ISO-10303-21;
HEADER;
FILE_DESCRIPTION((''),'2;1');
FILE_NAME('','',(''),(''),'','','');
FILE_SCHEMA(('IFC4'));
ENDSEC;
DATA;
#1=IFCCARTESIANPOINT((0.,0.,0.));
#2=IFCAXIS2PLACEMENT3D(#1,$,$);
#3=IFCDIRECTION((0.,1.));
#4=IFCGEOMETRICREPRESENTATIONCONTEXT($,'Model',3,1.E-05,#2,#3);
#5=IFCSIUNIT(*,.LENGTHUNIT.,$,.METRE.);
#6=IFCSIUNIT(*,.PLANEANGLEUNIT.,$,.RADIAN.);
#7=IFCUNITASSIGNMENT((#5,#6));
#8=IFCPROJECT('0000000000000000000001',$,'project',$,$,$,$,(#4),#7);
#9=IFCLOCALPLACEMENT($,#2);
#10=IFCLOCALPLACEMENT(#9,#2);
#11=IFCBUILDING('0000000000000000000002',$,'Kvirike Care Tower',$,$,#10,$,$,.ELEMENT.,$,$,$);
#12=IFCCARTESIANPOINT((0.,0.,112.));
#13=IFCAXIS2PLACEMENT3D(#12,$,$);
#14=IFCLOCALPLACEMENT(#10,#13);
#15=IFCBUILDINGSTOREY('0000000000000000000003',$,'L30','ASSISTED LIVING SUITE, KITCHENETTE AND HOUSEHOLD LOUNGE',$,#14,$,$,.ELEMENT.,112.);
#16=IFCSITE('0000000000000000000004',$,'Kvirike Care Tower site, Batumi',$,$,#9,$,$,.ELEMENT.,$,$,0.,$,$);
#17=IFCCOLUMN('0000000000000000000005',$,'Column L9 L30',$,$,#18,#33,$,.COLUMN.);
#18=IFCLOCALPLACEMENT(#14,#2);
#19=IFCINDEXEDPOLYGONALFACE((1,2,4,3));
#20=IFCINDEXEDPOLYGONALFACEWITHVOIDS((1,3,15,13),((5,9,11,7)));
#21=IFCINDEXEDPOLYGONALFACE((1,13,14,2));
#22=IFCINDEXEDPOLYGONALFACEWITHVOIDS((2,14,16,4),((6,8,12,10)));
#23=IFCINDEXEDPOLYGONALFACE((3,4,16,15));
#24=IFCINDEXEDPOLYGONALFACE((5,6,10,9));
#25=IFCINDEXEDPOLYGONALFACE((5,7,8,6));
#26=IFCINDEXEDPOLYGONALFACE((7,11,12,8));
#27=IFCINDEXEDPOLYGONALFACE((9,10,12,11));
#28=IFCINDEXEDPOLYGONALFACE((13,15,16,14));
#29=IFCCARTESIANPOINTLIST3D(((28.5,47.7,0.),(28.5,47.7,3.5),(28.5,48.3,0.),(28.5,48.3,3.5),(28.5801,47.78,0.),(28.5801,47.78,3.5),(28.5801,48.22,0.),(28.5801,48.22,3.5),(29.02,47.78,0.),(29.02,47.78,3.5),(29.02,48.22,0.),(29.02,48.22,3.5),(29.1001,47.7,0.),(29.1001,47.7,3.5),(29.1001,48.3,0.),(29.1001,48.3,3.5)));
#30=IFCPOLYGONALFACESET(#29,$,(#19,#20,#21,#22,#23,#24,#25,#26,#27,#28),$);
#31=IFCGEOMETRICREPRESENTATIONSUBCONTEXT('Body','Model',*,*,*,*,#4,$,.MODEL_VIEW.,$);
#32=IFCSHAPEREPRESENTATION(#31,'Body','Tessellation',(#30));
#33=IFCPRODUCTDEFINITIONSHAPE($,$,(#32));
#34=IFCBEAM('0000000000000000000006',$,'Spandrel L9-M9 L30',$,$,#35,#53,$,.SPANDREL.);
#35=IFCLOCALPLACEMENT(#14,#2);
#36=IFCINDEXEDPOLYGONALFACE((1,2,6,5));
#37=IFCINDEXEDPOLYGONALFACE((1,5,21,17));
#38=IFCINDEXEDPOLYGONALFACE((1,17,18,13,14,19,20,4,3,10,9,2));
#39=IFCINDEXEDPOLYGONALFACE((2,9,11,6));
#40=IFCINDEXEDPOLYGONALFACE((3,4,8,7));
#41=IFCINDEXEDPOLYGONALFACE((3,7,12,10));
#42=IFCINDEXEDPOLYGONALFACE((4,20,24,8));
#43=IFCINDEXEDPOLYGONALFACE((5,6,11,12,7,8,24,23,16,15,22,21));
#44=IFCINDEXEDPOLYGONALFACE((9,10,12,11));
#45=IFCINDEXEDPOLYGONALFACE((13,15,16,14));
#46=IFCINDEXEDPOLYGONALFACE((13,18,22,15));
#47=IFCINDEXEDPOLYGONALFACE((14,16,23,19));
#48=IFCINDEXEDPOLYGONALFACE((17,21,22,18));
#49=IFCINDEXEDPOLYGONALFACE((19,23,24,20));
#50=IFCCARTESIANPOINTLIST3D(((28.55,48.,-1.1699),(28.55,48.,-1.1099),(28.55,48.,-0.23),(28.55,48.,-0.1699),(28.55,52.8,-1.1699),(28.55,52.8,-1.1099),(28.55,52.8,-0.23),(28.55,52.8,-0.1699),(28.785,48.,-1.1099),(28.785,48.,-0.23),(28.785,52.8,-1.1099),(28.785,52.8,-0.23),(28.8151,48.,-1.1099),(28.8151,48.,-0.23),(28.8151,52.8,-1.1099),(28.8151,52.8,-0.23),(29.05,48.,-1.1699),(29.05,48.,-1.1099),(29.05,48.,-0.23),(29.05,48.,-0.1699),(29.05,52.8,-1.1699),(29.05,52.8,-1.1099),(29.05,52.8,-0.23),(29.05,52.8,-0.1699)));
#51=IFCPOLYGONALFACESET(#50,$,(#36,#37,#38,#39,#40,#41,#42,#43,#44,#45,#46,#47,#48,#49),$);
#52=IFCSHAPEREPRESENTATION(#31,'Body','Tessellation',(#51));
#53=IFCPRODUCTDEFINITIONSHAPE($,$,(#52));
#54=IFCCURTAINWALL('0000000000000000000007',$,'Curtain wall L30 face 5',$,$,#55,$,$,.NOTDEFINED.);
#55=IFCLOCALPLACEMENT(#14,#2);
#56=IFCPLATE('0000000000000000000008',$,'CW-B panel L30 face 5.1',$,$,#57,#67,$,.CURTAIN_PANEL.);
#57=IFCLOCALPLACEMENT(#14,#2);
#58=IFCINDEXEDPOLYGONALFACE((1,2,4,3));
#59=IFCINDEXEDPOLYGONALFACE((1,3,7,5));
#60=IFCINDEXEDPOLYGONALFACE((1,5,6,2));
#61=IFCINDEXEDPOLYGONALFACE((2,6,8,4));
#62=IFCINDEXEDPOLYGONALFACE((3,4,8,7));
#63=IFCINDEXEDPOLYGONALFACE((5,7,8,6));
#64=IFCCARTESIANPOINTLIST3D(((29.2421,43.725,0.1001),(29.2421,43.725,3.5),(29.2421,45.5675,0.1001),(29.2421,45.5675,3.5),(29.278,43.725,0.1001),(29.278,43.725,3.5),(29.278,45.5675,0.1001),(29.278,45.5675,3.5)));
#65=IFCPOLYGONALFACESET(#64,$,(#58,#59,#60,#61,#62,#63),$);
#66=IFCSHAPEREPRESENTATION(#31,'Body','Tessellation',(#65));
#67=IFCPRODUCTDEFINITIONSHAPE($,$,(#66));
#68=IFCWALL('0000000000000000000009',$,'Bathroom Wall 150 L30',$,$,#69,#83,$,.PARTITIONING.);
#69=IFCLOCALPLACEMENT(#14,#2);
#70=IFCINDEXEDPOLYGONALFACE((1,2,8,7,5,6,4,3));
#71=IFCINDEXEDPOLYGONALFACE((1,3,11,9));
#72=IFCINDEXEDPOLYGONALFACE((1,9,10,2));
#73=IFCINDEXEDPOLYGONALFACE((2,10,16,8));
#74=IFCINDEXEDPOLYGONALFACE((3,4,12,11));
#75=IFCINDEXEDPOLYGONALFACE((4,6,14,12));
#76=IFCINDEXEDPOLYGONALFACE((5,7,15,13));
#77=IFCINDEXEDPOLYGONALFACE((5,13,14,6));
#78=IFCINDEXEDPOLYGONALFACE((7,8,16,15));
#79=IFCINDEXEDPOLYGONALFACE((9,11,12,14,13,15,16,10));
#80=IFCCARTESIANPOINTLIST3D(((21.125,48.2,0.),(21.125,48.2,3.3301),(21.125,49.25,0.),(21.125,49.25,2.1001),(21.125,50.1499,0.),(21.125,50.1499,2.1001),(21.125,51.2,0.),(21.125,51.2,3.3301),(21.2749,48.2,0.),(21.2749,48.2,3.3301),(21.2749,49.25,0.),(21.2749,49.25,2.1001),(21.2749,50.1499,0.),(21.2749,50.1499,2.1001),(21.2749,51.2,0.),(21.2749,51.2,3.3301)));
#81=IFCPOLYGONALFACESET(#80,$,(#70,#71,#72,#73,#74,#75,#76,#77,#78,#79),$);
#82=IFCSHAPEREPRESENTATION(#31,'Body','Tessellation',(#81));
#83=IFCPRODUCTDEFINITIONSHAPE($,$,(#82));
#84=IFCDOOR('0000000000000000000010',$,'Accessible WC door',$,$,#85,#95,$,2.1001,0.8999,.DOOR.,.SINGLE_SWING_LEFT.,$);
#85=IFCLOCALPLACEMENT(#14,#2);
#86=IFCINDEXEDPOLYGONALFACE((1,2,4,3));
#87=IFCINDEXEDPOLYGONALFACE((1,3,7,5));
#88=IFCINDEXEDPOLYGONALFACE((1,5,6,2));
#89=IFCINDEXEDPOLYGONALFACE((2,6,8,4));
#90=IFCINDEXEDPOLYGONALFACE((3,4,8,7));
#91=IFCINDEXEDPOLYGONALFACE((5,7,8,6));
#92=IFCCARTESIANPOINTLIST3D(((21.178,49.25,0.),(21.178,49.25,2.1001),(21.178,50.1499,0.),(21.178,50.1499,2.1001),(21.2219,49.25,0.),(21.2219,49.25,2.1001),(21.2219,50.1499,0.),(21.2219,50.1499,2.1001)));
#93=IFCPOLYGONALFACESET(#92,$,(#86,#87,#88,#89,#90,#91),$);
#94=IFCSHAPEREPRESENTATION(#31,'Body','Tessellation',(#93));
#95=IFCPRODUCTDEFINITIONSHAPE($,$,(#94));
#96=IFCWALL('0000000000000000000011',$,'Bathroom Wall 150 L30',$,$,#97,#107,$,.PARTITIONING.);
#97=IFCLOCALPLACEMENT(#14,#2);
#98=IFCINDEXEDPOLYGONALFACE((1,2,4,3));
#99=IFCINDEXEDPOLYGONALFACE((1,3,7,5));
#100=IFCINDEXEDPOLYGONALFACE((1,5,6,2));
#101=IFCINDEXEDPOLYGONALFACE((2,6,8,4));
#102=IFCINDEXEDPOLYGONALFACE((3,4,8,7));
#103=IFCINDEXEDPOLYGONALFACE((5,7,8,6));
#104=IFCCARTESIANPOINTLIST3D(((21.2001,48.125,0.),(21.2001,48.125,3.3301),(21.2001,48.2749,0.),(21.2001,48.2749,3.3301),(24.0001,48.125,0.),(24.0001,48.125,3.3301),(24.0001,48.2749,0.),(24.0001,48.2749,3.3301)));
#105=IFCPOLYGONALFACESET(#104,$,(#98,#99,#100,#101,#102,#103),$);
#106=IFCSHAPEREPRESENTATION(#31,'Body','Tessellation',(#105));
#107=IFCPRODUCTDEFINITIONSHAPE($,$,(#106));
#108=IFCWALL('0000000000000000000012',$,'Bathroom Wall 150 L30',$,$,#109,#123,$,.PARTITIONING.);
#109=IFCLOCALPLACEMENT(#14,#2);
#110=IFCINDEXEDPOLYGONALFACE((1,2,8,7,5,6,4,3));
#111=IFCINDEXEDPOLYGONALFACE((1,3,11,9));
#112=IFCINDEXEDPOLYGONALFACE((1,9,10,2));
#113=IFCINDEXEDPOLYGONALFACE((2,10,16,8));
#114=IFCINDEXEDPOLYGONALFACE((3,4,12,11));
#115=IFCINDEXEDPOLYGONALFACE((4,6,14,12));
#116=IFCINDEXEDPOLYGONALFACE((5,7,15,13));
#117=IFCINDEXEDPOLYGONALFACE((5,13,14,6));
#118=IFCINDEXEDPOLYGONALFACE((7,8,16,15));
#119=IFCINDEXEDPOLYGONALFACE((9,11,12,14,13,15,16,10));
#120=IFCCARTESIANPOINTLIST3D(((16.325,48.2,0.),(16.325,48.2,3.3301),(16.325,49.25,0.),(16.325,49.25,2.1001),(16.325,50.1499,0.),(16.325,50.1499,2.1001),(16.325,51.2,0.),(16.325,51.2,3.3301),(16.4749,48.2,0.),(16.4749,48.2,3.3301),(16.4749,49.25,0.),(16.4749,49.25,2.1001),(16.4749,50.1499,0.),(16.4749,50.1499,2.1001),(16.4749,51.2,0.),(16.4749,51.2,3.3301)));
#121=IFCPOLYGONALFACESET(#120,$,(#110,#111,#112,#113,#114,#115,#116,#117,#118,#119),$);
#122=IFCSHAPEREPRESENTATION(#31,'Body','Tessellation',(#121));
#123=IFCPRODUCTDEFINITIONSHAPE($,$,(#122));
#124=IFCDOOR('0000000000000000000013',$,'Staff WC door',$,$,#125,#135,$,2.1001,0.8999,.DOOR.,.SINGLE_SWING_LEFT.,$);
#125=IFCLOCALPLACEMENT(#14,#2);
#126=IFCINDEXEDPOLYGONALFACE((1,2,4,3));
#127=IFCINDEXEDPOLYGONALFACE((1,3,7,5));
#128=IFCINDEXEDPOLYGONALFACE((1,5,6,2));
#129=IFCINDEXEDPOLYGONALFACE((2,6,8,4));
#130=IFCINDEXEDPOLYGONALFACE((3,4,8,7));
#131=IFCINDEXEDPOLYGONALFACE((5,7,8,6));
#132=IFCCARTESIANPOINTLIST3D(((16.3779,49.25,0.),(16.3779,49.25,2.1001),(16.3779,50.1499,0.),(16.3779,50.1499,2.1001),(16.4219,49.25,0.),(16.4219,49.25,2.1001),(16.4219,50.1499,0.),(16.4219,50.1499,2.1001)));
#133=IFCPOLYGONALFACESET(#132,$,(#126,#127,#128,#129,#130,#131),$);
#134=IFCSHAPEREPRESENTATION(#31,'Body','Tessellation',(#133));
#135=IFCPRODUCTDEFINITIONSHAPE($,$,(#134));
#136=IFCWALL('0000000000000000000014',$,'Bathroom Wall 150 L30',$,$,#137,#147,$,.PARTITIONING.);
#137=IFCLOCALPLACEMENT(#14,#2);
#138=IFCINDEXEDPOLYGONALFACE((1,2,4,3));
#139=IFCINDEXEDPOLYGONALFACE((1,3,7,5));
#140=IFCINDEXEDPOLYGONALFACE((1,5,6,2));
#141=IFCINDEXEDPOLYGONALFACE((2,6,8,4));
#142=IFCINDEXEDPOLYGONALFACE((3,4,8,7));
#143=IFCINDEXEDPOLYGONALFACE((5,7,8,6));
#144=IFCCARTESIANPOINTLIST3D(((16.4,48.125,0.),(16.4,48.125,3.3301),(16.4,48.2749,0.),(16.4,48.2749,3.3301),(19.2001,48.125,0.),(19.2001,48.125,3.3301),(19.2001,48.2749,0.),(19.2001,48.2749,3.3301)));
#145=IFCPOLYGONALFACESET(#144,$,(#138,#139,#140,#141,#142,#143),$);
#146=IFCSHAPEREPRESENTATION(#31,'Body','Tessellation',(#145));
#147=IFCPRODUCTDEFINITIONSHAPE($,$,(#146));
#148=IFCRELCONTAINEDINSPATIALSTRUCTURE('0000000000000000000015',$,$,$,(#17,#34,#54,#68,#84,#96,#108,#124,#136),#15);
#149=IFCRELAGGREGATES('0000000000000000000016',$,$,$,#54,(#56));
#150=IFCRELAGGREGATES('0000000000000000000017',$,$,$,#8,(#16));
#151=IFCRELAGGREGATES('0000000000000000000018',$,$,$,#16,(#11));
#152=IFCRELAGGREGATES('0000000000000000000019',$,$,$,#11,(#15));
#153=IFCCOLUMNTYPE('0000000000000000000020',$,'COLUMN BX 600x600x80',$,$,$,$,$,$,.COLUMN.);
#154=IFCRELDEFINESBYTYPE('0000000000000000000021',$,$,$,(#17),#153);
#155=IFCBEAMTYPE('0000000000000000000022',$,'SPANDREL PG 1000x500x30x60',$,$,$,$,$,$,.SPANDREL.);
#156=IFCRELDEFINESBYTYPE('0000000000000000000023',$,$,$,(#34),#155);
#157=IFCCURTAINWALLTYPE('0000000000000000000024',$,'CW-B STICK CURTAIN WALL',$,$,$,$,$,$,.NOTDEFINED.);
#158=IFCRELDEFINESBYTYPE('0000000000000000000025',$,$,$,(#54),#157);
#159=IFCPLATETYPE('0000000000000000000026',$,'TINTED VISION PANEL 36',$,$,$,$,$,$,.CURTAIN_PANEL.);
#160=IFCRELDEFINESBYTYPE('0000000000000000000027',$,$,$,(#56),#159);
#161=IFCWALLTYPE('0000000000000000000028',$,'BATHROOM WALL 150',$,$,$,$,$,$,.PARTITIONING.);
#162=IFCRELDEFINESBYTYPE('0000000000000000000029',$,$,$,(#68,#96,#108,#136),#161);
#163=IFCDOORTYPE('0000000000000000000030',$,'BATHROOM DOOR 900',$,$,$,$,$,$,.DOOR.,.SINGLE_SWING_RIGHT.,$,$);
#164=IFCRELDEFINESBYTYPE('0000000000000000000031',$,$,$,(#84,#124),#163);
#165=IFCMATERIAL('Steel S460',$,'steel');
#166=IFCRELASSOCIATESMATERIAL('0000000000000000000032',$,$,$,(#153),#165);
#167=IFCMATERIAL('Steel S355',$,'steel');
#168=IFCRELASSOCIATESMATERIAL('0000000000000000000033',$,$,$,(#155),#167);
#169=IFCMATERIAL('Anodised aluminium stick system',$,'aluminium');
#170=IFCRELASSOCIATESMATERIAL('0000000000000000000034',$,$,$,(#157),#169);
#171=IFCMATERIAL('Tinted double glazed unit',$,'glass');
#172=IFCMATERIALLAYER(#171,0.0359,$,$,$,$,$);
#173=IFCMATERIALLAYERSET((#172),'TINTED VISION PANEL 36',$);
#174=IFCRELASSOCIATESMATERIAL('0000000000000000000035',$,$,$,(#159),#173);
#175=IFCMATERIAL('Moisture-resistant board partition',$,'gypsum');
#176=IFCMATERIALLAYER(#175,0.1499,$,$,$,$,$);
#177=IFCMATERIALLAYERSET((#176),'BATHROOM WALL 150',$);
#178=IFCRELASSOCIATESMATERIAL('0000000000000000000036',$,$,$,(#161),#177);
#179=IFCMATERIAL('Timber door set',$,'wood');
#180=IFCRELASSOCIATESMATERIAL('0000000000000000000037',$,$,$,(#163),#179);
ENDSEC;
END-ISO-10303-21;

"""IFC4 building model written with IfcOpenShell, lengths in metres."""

from ifc_helpers import new_model, si_unit, direction, frame, frame_2d, origin, origin_2d, place, context, subcontext, project, spatial, rectangle, hollow_rectangle, i_section, extrude, material, layer, layer_set, material_profile, profile_set, type_object, element, fill, aggregate, save


model = new_model("IFC4")

# Units and contexts
model_context = context("Model", 3, precision=1e-05, world=origin(), true_north=direction((0.0, 1.0)))
body_context = subcontext(model_context, "Body", "Model", "MODEL_VIEW")
ifc_project = project(units=[si_unit("LENGTHUNIT", "METRE"), si_unit("PLANEANGLEUNIT", "RADIAN")], contexts=[model_context])

# Site, building, storey
site_placement = place(None, origin())
site = spatial("IfcSite", under=ifc_project, at=site_placement, Name="Kvirike Care Tower site, Batumi", CompositionType="ELEMENT", RefElevation=0.0)
building_placement = place(site_placement, origin())
building = spatial("IfcBuilding", under=site, at=building_placement, Name="Kvirike Care Tower", CompositionType="ELEMENT")
storey_placement = place(building_placement, frame((0.0, 0.0, 112.0)))
storey = spatial("IfcBuildingStorey", under=building, at=storey_placement, Name="L30", Description="ASSISTED LIVING SUITE, KITCHENETTE AND HOUSEHOLD LOUNGE", CompositionType="ELEMENT", Elevation=112.0)

# Column
ifc_material_1 = material(Name="Steel S460", Category="steel")
ifc_material_profile_1 = material_profile(ifc_material_1, hollow_rectangle(XDim=0.6001, YDim=0.6001, WallThickness=0.0801, at=origin_2d()), Name="BX 600x600x80")
ifc_profile_set_1 = profile_set([ifc_material_profile_1], Name="Steel S460")
column_type = type_object("IfcColumnType", Name="COLUMN BX 600x600x80", PredefinedType="COLUMN", material=ifc_profile_set_1)
column_placement = place(storey_placement, frame((28.8, 48.0, 0.0), z_axis=(0.0, 0.0, 1.0), x_axis=(1.0, 0.0, 0.0)))
element("IfcColumn", 1, at=column_placement, inside=storey, type_object=column_type, Name="Column L9 L30", PredefinedType="COLUMN", context=body_context, shape_type="SweptSolid", body=[
    extrude(hollow_rectangle(XDim=0.6001, YDim=0.6001, WallThickness=0.0801, at=origin_2d()), origin(), (0.0, 0.0, 1.0), 3.5),
])

# Beam
ifc_material_2 = material(Name="Steel S355", Category="steel")
ifc_material_profile_2 = material_profile(ifc_material_2, i_section(OverallWidth=0.5, OverallDepth=1.0, WebThickness=0.03, FlangeThickness=0.0601, at=origin_2d()), Name="PG 1000x500x30x60")
ifc_profile_set_2 = profile_set([ifc_material_profile_2], Name="Steel S355")
beam_type = type_object("IfcBeamType", Name="SPANDREL PG 1000x500x30x60", PredefinedType="SPANDREL", material=ifc_profile_set_2)
beam_placement = place(storey_placement, frame((28.8, 48.0, -0.6699), z_axis=(0.0, 1.0, 0.0), x_axis=(-1.0, 0.0, 0.0)))
element("IfcBeam", 2, at=beam_placement, inside=storey, type_object=beam_type, Name="Spandrel L9-M9 L30", PredefinedType="SPANDREL", context=body_context, shape_type="SweptSolid", body=[
    extrude(i_section(OverallWidth=0.5, OverallDepth=1.0, WebThickness=0.03, FlangeThickness=0.0601, at=origin_2d()), origin(), (0.0, 0.0, 1.0), 4.8),
])

# Curtain wall, plate
ifc_material_3 = material(Name="Anodised aluminium stick system", Category="aluminium")
curtain_wall_type = type_object("IfcCurtainWallType", Name="CW-B STICK CURTAIN WALL", PredefinedType="NOTDEFINED", material=ifc_material_3)
curtain_wall_placement = place(storey_placement, origin())
curtain_wall = element("IfcCurtainWall", 3, at=curtain_wall_placement, inside=storey, type_object=curtain_wall_type, Name="Curtain wall L30 face 5", PredefinedType="NOTDEFINED")
ifc_material_4 = material(Name="Tinted double glazed unit", Category="glass")
ifc_layer_1 = layer(ifc_material_4, 0.0359)
ifc_layer_set_1 = layer_set([ifc_layer_1], Name="TINTED VISION PANEL 36")
plate_type = type_object("IfcPlateType", Name="TINTED VISION PANEL 36", PredefinedType="CURTAIN_PANEL", material=ifc_layer_set_1)
plate_placement = place(storey_placement, frame((29.26, 44.6462, 0.1001), z_axis=(0.0, 0.0, 1.0), x_axis=(0.0, 1.0, 0.0)))
plate = element("IfcPlate", 4, at=plate_placement, type_object=plate_type, Name="CW-B panel L30 face 5.1", PredefinedType="CURTAIN_PANEL", context=body_context, shape_type="SweptSolid", body=[
    extrude(rectangle(XDim=1.8425, YDim=0.0359, at=origin_2d()), origin(), (0.0, 0.0, 1.0), 3.3999),
])
aggregate(curtain_wall, [plate])

# Wall, opening, door
ifc_material_5 = material(Name="Moisture-resistant board partition", Category="gypsum")
ifc_layer_2 = layer(ifc_material_5, 0.1499)
ifc_layer_set_2 = layer_set([ifc_layer_2], Name="BATHROOM WALL 150")
wall_type_1 = type_object("IfcWallType", Name="BATHROOM WALL 150", PredefinedType="PARTITIONING", material=ifc_layer_set_2)
wall_1_placement = place(storey_placement, frame((21.2, 51.2, 0.0), z_axis=(0.0, 0.0, 1.0), x_axis=(0.0, -1.0, 0.0)))
wall_1 = element("IfcWall", 5, at=wall_1_placement, inside=storey, type_object=wall_type_1, Name="Bathroom Wall 150 L30", PredefinedType="PARTITIONING", context=body_context, shape_type="SweptSolid", body=[
    extrude(rectangle(XDim=3.0, YDim=0.1499, at=frame_2d((1.5, 0.0))), origin(), (0.0, 0.0, 1.0), 3.3301),
])
opening_1_placement = place(wall_1_placement, frame((1.05, 0.0, 0.0)))
opening_1 = element("IfcOpeningElement", 6, at=opening_1_placement, cuts=wall_1, PredefinedType="OPENING", context=body_context, shape_type="SweptSolid", body=[
    extrude(rectangle(XDim=0.8999, YDim=2.1001, at=frame_2d((0.45, 1.05))), frame((0.0, 0.0854, 0.0), z_axis=(0.0, -1.0, 0.0), x_axis=(1.0, 0.0, 0.0)), (0.0, 0.0, 1.0), 0.1709),
])
ifc_material_6 = material(Name="Timber door set", Category="wood")
door_type_1 = type_object("IfcDoorType", Name="BATHROOM DOOR 900", OperationType="SINGLE_SWING_RIGHT", PredefinedType="DOOR", material=ifc_material_6)
door_1_placement = place(opening_1_placement, origin())
door_1 = element("IfcDoor", 7, at=door_1_placement, inside=storey, type_object=door_type_1, Name="Accessible WC door", OperationType="SINGLE_SWING_LEFT", OverallHeight=2.1001, OverallWidth=0.8999, PredefinedType="DOOR", context=body_context, shape_type="SweptSolid", body=[
    extrude(rectangle(XDim=0.8999, YDim=2.1001, at=frame_2d((0.45, 1.05))), frame((0.0, 0.022, 0.0), z_axis=(0.0, -1.0, 0.0), x_axis=(1.0, 0.0, 0.0)), (0.0, 0.0, 1.0), 0.0439),
])
fill(opening_1, door_1)

# Wall
wall_2_placement = place(storey_placement, frame((24.0, 48.2, 0.0), z_axis=(0.0, 0.0, 1.0), x_axis=(-1.0, 0.0, 0.0)))
element("IfcWall", 8, at=wall_2_placement, inside=storey, type_object=wall_type_1, Name="Bathroom Wall 150 L30", PredefinedType="PARTITIONING", context=body_context, shape_type="SweptSolid", body=[
    extrude(rectangle(XDim=2.8, YDim=0.1499, at=frame_2d((1.3999, 0.0))), origin(), (0.0, 0.0, 1.0), 3.3301),
])

# Wall, opening, door
wall_3_placement = place(storey_placement, frame((16.3999, 51.2, 0.0), z_axis=(0.0, 0.0, 1.0), x_axis=(0.0, -1.0, 0.0)))
wall_3 = element("IfcWall", 9, at=wall_3_placement, inside=storey, type_object=wall_type_1, Name="Bathroom Wall 150 L30", PredefinedType="PARTITIONING", context=body_context, shape_type="SweptSolid", body=[
    extrude(rectangle(XDim=3.0, YDim=0.1499, at=frame_2d((1.5, 0.0))), origin(), (0.0, 0.0, 1.0), 3.3301),
])
opening_2_placement = place(wall_3_placement, frame((1.05, 0.0, 0.0)))
opening_2 = element("IfcOpeningElement", 10, at=opening_2_placement, cuts=wall_3, PredefinedType="OPENING", context=body_context, shape_type="SweptSolid", body=[
    extrude(rectangle(XDim=0.8999, YDim=2.1001, at=frame_2d((0.45, 1.05))), frame((0.0, 0.0854, 0.0), z_axis=(0.0, -1.0, 0.0), x_axis=(1.0, 0.0, 0.0)), (0.0, 0.0, 1.0), 0.1709),
])
door_2_placement = place(opening_2_placement, origin())
door_2 = element("IfcDoor", 11, at=door_2_placement, inside=storey, type_object=door_type_1, Name="Staff WC door", OperationType="SINGLE_SWING_LEFT", OverallHeight=2.1001, OverallWidth=0.8999, PredefinedType="DOOR", context=body_context, shape_type="SweptSolid", body=[
    extrude(rectangle(XDim=0.8999, YDim=2.1001, at=frame_2d((0.45, 1.05))), frame((0.0, 0.022, 0.0), z_axis=(0.0, -1.0, 0.0), x_axis=(1.0, 0.0, 0.0)), (0.0, 0.0, 1.0), 0.0439),
])
fill(opening_2, door_2)

# Wall
wall_4_placement = place(storey_placement, frame((19.2, 48.2, 0.0), z_axis=(0.0, 0.0, 1.0), x_axis=(-1.0, 0.0, 0.0)))
element("IfcWall", 12, at=wall_4_placement, inside=storey, type_object=wall_type_1, Name="Bathroom Wall 150 L30", PredefinedType="PARTITIONING", context=body_context, shape_type="SweptSolid", body=[
    extrude(rectangle(XDim=2.8, YDim=0.1499, at=frame_2d((1.3999, 0.0))), origin(), (0.0, 0.0, 1.0), 3.3301),
])

save(model, "model.ifc")
